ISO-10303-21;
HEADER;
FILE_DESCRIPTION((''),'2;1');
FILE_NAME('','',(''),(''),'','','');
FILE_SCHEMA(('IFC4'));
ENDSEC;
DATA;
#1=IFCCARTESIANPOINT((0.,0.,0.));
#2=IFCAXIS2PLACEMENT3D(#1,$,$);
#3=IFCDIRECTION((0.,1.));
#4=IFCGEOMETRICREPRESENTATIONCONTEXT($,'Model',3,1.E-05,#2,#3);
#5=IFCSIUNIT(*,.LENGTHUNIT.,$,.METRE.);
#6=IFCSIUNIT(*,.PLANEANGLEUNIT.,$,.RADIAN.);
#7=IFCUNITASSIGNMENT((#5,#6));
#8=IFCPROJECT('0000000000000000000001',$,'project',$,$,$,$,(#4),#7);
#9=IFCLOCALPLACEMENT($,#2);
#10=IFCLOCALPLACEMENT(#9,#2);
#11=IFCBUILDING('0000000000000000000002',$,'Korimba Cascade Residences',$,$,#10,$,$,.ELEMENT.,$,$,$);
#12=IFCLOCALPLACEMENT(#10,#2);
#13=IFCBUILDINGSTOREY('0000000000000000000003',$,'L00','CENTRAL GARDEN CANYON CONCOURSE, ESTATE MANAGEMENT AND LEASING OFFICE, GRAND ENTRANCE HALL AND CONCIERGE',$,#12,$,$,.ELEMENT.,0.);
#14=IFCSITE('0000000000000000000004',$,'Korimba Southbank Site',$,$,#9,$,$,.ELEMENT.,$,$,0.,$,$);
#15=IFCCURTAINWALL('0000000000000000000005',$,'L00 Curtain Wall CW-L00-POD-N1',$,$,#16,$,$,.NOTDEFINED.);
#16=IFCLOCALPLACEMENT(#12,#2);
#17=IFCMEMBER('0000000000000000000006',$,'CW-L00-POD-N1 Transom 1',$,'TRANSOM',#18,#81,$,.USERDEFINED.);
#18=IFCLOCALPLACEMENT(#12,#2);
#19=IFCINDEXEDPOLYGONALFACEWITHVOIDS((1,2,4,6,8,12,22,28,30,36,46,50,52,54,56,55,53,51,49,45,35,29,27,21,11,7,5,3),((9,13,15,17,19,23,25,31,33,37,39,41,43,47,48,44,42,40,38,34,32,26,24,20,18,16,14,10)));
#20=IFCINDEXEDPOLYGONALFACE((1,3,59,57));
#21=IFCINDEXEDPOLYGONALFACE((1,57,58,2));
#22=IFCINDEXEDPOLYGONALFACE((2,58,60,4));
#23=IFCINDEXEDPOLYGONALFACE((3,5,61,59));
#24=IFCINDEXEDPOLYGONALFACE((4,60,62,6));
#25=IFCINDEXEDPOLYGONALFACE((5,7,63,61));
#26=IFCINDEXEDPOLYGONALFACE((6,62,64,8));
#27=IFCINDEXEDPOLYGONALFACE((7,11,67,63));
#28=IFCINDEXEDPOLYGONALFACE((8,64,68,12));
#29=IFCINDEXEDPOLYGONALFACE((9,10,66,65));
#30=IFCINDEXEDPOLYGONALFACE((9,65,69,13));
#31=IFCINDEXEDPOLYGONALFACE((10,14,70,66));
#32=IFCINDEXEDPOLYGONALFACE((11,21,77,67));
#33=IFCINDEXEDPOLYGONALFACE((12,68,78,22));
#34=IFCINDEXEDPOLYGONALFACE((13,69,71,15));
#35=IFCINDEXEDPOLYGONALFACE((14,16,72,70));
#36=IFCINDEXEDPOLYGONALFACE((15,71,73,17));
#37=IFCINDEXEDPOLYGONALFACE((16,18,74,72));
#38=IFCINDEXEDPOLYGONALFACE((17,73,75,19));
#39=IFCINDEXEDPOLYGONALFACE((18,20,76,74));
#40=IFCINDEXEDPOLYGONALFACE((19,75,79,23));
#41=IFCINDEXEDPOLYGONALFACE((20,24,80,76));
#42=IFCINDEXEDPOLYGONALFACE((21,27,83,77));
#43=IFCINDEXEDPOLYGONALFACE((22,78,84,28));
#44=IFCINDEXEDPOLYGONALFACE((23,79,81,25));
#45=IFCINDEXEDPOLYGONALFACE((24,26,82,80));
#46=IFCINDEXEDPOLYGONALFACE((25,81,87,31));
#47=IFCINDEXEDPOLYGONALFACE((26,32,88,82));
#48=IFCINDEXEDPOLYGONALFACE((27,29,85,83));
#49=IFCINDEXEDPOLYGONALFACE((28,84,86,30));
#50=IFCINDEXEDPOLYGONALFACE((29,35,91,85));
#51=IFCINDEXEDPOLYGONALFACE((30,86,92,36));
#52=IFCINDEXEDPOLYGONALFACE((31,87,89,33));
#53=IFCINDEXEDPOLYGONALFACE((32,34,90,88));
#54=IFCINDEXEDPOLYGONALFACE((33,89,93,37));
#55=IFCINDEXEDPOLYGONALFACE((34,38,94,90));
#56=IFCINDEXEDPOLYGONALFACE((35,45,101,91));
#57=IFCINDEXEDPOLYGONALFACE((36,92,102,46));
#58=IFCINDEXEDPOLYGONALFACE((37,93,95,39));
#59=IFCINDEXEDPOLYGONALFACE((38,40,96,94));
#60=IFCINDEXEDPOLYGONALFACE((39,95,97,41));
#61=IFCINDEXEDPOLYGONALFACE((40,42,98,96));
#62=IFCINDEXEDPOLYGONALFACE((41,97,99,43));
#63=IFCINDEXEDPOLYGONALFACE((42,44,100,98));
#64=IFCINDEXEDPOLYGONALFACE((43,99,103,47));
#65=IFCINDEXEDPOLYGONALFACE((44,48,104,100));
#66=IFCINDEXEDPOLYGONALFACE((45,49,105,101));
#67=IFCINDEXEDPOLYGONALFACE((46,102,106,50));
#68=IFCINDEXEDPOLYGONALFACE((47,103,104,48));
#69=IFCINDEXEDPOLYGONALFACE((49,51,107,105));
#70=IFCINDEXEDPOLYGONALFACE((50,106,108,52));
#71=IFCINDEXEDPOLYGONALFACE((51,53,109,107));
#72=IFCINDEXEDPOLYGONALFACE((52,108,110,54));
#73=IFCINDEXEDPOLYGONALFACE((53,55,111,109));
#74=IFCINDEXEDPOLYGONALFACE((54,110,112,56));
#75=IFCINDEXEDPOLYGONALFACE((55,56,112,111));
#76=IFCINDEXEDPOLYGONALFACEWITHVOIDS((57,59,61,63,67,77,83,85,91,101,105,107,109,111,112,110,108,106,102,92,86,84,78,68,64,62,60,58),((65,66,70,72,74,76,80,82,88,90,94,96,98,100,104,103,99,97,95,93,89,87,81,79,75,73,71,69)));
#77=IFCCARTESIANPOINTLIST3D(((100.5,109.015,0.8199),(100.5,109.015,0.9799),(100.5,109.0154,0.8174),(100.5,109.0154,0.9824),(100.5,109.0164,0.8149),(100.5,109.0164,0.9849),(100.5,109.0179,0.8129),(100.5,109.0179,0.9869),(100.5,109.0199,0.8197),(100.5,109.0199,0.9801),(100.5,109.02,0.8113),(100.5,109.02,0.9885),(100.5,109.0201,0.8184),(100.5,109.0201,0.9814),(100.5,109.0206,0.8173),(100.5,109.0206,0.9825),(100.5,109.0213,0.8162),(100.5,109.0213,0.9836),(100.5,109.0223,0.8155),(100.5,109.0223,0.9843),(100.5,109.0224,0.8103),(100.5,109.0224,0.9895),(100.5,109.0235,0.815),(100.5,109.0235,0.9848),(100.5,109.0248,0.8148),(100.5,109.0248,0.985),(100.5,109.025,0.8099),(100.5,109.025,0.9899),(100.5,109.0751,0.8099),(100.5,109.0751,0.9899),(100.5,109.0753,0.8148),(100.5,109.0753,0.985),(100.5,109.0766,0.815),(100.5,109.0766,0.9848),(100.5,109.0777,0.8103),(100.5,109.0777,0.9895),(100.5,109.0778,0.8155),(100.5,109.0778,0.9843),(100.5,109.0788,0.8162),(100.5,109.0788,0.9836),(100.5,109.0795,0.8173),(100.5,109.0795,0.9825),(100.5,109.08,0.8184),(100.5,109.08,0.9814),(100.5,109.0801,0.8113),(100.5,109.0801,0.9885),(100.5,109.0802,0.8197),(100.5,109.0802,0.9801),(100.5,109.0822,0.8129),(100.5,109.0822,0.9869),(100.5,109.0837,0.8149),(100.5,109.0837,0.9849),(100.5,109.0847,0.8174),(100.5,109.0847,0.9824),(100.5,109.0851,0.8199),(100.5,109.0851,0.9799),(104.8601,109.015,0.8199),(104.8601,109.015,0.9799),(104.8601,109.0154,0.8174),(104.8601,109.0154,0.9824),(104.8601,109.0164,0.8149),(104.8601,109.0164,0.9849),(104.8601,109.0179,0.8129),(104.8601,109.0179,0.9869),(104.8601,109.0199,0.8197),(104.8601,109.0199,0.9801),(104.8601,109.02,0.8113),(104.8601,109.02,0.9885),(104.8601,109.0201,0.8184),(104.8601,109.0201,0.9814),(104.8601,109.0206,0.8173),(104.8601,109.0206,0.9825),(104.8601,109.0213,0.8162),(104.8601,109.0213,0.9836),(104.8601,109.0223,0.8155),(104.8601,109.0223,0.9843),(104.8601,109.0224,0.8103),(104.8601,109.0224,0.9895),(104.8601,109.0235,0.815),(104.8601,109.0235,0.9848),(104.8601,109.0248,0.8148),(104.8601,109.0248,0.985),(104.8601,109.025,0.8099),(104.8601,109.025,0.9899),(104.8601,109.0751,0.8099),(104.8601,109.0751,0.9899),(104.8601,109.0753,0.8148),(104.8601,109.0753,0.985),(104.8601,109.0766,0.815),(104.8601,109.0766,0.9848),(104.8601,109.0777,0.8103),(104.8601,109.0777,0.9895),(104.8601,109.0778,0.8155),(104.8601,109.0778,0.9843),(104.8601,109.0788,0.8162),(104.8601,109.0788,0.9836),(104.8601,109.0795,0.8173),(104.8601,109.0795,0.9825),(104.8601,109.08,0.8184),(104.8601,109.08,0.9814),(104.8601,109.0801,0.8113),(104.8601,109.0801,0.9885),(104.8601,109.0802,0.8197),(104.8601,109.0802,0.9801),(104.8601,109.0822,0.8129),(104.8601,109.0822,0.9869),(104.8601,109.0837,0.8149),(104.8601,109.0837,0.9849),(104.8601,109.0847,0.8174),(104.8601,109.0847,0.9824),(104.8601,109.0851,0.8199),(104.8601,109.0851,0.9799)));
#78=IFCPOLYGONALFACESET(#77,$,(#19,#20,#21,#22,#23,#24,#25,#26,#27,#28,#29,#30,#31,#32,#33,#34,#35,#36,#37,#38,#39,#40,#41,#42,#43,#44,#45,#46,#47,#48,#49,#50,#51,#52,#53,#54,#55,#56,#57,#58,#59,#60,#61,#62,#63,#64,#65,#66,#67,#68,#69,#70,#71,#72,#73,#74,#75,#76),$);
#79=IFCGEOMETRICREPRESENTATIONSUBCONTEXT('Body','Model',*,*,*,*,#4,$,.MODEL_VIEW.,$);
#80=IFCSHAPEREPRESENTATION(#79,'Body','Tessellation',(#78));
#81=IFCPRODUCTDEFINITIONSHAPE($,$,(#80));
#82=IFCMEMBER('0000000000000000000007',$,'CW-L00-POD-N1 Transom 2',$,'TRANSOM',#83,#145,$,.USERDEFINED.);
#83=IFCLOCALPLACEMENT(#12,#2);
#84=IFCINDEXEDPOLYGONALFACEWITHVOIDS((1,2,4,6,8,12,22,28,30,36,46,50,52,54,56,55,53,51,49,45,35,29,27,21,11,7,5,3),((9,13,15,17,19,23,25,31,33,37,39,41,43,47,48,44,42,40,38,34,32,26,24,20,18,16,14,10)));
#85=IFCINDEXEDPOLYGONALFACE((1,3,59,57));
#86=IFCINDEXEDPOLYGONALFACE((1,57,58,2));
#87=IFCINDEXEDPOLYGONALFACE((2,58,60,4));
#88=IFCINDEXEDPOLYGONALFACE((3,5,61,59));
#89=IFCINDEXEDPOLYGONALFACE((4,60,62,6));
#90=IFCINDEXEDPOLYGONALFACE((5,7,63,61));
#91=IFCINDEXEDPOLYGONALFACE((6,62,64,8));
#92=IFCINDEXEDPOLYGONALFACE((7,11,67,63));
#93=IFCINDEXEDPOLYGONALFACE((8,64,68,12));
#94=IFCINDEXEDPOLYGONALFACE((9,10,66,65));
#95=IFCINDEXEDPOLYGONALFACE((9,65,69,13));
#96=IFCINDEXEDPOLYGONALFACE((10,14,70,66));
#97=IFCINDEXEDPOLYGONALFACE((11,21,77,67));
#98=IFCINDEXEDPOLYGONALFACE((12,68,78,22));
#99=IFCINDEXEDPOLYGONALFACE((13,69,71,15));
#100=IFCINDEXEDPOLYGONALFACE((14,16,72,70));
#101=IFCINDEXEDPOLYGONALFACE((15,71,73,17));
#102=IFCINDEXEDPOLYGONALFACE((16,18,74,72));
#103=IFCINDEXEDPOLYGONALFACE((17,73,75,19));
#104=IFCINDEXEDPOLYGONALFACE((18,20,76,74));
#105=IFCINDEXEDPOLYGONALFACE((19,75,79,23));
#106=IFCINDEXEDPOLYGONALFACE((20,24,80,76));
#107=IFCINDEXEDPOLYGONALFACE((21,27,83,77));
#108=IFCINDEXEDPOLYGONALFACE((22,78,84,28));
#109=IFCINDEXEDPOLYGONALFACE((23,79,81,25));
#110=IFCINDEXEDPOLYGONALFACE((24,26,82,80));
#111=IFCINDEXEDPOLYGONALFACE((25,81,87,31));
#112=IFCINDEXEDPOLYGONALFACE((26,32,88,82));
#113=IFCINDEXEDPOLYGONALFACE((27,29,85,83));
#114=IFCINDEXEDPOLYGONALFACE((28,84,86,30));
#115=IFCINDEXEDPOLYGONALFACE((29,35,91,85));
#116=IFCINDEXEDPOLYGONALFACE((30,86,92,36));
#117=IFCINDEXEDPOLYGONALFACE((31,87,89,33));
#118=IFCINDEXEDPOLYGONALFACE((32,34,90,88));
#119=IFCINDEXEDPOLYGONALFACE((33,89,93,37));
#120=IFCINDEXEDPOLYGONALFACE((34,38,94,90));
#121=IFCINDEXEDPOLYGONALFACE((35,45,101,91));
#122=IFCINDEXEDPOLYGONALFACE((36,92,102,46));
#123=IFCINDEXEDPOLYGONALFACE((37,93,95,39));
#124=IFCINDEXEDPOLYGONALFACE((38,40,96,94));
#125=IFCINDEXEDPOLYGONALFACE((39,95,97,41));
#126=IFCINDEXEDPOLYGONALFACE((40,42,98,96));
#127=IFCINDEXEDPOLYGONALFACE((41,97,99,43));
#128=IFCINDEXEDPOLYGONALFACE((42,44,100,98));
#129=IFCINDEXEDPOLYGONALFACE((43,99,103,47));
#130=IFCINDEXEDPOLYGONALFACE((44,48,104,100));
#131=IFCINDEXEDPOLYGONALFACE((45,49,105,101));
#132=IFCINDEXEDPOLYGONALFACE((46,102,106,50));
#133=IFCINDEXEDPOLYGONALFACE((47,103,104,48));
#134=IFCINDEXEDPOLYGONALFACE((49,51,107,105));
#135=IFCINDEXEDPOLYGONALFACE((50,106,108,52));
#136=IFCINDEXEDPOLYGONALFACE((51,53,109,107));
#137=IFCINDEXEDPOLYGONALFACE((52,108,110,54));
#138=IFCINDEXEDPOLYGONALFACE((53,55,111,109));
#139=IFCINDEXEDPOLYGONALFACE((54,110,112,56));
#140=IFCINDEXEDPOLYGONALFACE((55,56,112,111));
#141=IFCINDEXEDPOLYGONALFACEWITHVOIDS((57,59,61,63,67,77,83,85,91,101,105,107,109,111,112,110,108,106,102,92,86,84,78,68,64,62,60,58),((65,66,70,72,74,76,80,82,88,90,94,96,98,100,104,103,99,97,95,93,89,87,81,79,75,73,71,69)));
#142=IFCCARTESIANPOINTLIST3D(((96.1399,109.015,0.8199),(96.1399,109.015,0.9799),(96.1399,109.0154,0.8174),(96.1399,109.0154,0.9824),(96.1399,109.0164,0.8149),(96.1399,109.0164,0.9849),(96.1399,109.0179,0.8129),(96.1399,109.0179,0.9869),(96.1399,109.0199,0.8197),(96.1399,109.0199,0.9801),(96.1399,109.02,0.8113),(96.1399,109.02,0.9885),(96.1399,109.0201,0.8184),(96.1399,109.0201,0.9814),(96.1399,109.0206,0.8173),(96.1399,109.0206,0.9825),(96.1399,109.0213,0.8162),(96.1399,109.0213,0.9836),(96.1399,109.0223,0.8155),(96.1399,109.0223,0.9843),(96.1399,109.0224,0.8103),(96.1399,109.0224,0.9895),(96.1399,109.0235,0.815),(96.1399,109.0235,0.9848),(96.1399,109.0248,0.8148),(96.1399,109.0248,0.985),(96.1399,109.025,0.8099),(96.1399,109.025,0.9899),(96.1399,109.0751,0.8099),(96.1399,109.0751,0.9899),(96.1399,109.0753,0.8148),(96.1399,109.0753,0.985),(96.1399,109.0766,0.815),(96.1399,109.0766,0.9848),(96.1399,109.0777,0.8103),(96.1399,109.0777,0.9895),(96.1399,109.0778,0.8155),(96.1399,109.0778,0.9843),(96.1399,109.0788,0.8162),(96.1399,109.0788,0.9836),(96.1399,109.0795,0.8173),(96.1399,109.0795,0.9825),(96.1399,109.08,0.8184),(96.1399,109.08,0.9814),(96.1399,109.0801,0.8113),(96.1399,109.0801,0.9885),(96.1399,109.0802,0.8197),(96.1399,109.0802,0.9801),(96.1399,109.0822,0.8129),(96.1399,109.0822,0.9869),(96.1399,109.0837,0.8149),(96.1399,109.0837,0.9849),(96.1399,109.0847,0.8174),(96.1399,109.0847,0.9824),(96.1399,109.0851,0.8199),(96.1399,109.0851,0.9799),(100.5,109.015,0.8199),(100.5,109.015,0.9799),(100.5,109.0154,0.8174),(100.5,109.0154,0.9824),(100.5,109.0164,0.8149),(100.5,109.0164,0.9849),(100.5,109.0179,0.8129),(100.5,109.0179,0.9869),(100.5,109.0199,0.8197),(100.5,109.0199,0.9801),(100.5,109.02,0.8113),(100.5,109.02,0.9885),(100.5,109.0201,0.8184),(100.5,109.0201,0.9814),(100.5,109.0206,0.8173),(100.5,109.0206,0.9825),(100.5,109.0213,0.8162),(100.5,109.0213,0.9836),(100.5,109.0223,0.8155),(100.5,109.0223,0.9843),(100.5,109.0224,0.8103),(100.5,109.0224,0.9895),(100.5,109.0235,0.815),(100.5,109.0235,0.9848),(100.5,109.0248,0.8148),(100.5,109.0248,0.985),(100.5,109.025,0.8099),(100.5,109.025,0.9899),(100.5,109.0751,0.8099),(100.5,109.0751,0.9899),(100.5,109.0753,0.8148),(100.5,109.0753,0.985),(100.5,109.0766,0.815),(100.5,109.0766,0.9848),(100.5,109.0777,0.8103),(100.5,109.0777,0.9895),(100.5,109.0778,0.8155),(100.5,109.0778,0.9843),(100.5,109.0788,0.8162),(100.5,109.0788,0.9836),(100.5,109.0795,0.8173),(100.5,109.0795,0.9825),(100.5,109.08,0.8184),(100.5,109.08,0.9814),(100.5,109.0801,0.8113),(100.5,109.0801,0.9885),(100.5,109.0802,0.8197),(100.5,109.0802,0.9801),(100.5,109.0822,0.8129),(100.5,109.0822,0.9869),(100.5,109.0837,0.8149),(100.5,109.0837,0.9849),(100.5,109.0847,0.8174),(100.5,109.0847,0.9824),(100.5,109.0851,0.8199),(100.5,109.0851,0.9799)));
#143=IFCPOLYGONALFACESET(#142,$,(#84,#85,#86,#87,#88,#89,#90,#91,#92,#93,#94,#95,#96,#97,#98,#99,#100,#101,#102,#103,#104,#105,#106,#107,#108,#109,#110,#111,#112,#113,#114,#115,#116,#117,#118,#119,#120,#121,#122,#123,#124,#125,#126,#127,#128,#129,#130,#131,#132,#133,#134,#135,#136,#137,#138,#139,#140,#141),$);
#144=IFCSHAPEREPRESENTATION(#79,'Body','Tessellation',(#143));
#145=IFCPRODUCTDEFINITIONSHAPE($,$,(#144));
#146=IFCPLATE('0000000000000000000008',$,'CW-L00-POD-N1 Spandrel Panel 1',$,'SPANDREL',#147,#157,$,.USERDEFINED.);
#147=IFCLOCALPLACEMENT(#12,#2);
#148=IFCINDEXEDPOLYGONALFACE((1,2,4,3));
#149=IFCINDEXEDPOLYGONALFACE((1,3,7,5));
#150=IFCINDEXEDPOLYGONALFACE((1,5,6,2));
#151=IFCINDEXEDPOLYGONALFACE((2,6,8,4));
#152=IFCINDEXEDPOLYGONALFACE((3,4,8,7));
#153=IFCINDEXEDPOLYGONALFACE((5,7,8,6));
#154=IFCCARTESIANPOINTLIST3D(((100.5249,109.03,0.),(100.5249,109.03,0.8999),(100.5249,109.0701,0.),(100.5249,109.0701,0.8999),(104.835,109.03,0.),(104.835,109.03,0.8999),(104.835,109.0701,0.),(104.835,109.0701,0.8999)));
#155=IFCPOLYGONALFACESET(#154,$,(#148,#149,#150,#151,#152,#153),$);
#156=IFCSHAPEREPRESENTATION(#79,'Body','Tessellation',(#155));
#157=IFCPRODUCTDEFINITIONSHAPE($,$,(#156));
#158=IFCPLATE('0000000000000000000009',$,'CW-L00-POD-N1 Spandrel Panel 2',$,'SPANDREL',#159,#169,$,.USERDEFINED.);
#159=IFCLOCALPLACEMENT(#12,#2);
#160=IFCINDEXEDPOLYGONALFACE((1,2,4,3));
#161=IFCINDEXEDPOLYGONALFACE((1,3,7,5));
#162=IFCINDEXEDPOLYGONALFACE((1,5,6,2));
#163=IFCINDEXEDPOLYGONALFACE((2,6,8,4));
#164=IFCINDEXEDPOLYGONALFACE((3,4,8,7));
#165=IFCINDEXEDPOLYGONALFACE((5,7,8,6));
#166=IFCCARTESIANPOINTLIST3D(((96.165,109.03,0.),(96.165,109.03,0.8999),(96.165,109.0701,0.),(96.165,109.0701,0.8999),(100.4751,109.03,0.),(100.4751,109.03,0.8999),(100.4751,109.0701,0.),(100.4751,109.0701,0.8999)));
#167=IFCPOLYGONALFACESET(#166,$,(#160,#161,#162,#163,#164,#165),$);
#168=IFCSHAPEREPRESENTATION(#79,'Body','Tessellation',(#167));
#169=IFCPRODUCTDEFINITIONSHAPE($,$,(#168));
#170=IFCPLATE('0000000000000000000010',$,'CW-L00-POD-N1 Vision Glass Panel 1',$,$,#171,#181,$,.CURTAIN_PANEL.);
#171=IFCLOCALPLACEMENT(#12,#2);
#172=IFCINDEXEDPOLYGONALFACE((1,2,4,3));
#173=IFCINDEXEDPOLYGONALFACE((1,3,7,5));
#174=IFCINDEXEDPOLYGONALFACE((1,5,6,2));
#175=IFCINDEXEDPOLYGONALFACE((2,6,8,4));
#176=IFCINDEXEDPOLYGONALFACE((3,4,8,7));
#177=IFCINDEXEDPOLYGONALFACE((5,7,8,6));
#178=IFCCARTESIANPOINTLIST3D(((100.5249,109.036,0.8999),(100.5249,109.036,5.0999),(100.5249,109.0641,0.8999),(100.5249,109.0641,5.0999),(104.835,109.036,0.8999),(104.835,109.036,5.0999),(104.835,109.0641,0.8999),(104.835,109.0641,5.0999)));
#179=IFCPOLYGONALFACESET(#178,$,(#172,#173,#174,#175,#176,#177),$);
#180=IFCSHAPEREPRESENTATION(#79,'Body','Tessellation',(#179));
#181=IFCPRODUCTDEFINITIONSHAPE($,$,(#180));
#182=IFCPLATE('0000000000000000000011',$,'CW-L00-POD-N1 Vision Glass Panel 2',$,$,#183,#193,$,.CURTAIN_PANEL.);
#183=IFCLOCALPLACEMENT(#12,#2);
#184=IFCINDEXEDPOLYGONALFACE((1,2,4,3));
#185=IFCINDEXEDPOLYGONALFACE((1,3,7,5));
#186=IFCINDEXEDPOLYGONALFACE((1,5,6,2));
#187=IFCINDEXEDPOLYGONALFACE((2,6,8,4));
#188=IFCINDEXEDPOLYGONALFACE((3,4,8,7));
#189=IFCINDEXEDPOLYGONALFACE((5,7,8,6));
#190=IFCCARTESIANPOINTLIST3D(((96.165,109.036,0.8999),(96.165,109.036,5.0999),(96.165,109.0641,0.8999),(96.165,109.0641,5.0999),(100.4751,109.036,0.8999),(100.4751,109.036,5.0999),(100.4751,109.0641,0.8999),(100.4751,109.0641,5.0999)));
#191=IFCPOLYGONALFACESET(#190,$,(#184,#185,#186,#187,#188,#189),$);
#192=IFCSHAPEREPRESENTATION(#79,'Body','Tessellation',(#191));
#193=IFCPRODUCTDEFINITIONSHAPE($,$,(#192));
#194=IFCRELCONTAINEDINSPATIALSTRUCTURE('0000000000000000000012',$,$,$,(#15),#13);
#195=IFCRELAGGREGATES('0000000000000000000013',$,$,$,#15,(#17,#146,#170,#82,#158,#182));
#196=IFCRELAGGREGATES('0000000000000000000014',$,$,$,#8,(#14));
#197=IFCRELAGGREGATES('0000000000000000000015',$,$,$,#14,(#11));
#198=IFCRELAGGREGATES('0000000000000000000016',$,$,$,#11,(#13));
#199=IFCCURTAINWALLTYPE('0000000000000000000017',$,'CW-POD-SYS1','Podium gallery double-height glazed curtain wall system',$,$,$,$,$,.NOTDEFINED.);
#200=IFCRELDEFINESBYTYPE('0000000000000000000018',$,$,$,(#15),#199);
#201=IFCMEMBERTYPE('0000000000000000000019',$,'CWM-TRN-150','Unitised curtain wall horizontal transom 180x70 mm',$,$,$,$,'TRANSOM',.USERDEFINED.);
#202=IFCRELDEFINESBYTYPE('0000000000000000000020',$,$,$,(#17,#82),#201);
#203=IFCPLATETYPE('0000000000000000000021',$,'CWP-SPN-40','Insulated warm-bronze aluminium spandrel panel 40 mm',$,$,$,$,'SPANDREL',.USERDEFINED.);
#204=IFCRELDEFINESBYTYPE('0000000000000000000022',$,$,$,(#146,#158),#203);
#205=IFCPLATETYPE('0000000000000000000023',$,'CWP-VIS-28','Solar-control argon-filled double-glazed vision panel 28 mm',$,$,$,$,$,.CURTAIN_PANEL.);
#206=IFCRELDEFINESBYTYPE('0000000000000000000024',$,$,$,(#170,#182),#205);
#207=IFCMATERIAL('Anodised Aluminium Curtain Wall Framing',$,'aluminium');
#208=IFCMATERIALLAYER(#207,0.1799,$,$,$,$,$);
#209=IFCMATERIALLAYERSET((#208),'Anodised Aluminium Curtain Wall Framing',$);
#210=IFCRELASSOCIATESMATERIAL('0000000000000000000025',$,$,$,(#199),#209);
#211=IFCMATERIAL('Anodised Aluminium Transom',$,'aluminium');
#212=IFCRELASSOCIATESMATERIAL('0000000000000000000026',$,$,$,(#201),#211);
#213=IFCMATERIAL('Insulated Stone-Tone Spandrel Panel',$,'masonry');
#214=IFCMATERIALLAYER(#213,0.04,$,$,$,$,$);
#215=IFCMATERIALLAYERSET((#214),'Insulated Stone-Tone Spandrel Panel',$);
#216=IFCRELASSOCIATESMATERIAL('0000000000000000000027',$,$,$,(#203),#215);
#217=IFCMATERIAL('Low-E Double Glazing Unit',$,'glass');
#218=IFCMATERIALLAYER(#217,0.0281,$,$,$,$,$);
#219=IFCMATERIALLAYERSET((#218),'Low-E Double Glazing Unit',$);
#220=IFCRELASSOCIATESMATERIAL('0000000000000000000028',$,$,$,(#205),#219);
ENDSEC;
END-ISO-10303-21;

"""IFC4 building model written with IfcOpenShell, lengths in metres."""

from ifc_helpers import new_model, si_unit, direction, frame, origin, origin_2d, place, context, subcontext, project, spatial, rectangle, hollow_rectangle, extrude, material, layer, layer_set, material_profile, profile_set, type_object, element, aggregate, save


model = new_model("IFC4")

# Units and contexts
model_context = context("Model", 3, precision=1e-05, world=origin(), true_north=direction((0.0, 1.0)))
body_context = subcontext(model_context, "Body", "Model", "MODEL_VIEW")
ifc_project = project(units=[si_unit("LENGTHUNIT", "METRE"), si_unit("PLANEANGLEUNIT", "RADIAN")], contexts=[model_context])

# Site, building, storey
site_placement = place(None, origin())
site = spatial("IfcSite", under=ifc_project, at=site_placement, Name="Korimba Southbank Site", CompositionType="ELEMENT", RefElevation=0.0)
building_placement = place(site_placement, origin())
building = spatial("IfcBuilding", under=site, at=building_placement, Name="Korimba Cascade Residences", CompositionType="ELEMENT")
storey_placement = place(building_placement, origin())
storey = spatial("IfcBuildingStorey", under=building, at=storey_placement, Name="L00", Description="CENTRAL GARDEN CANYON CONCOURSE, ESTATE MANAGEMENT AND LEASING OFFICE, GRAND ENTRANCE HALL AND CONCIERGE", CompositionType="ELEMENT", Elevation=0.0)

# Curtain wall, members, plates
ifc_material_1 = material(Name="Anodised Aluminium Curtain Wall Framing", Category="aluminium")
ifc_layer_1 = layer(ifc_material_1, 0.1799)
ifc_layer_set_1 = layer_set([ifc_layer_1], Name="Anodised Aluminium Curtain Wall Framing")
curtain_wall_type = type_object("IfcCurtainWallType", Name="CW-POD-SYS1", Description="Podium gallery double-height glazed curtain wall system", PredefinedType="NOTDEFINED", material=ifc_layer_set_1)
curtain_wall_placement = place(storey_placement, origin())
curtain_wall = element("IfcCurtainWall", 1, at=curtain_wall_placement, inside=storey, type_object=curtain_wall_type, Name="L00 Curtain Wall CW-L00-POD-N1", PredefinedType="NOTDEFINED")
ifc_material_2 = material(Name="Anodised Aluminium Transom", Category="aluminium")
ifc_material_profile_1 = material_profile(ifc_material_2, hollow_rectangle(XDim=0.0701, YDim=0.1799, WallThickness=0.0049, InnerFilletRadius=0.0049, OuterFilletRadius=0.01, at=origin_2d()), Name="Anodised Aluminium Transom")
ifc_profile_set_1 = profile_set([ifc_material_profile_1], Name="Anodised Aluminium Transom")
member_type_1 = type_object("IfcMemberType", Name="CWM-TRN-150", Description="Unitised curtain wall horizontal transom 180x70 mm", ElementType="TRANSOM", PredefinedType="USERDEFINED", material=ifc_profile_set_1)
member_1_placement = place(storey_placement, frame((104.8601, 109.05, 0.8999), z_axis=(-1.0, 0.0, 0.0), x_axis=(0.0, -1.0, 0.0)))
member_1 = element("IfcMember", 2, at=member_1_placement, type_object=member_type_1, Name="CW-L00-POD-N1 Transom 1", ObjectType="TRANSOM", PredefinedType="USERDEFINED", context=body_context, shape_type="SweptSolid", body=[
    extrude(hollow_rectangle(XDim=0.0701, YDim=0.1799, WallThickness=0.0049, InnerFilletRadius=0.0049, OuterFilletRadius=0.01, at=origin_2d()), origin(), (0.0, 0.0, 1.0), 4.3601),
])
member_2_placement = place(storey_placement, frame((100.5, 109.05, 0.8999), z_axis=(-1.0, 0.0, 0.0), x_axis=(0.0, -1.0, 0.0)))
member_2 = element("IfcMember", 3, at=member_2_placement, type_object=member_type_1, Name="CW-L00-POD-N1 Transom 2", ObjectType="TRANSOM", PredefinedType="USERDEFINED", context=body_context, shape_type="SweptSolid", body=[
    extrude(hollow_rectangle(XDim=0.0701, YDim=0.1799, WallThickness=0.0049, InnerFilletRadius=0.0049, OuterFilletRadius=0.01, at=origin_2d()), origin(), (0.0, 0.0, 1.0), 4.3601),
])
ifc_material_3 = material(Name="Insulated Stone-Tone Spandrel Panel", Category="masonry")
ifc_layer_2 = layer(ifc_material_3, 0.04)
ifc_layer_set_2 = layer_set([ifc_layer_2], Name="Insulated Stone-Tone Spandrel Panel")
plate_type_1 = type_object("IfcPlateType", Name="CWP-SPN-40", Description="Insulated warm-bronze aluminium spandrel panel 40 mm", ElementType="SPANDREL", PredefinedType="USERDEFINED", material=ifc_layer_set_2)
plate_1_placement = place(storey_placement, frame((102.6799, 109.05, 0.0), z_axis=(0.0, 0.0, 1.0), x_axis=(-1.0, 0.0, 0.0)))
plate_1 = element("IfcPlate", 4, at=plate_1_placement, type_object=plate_type_1, Name="CW-L00-POD-N1 Spandrel Panel 1", ObjectType="SPANDREL", PredefinedType="USERDEFINED", context=body_context, shape_type="SweptSolid", body=[
    extrude(rectangle(XDim=4.3101, YDim=0.04, at=origin_2d()), origin(), (0.0, 0.0, 1.0), 0.8999),
])
plate_2_placement = place(storey_placement, frame((98.3201, 109.05, 0.0), z_axis=(0.0, 0.0, 1.0), x_axis=(-1.0, 0.0, 0.0)))
plate_2 = element("IfcPlate", 5, at=plate_2_placement, type_object=plate_type_1, Name="CW-L00-POD-N1 Spandrel Panel 2", ObjectType="SPANDREL", PredefinedType="USERDEFINED", context=body_context, shape_type="SweptSolid", body=[
    extrude(rectangle(XDim=4.3101, YDim=0.04, at=origin_2d()), origin(), (0.0, 0.0, 1.0), 0.8999),
])
ifc_material_4 = material(Name="Low-E Double Glazing Unit", Category="glass")
ifc_layer_3 = layer(ifc_material_4, 0.0281)
ifc_layer_set_3 = layer_set([ifc_layer_3], Name="Low-E Double Glazing Unit")
plate_type_2 = type_object("IfcPlateType", Name="CWP-VIS-28", Description="Solar-control argon-filled double-glazed vision panel 28 mm", PredefinedType="CURTAIN_PANEL", material=ifc_layer_set_3)
plate_3_placement = place(storey_placement, frame((102.6799, 109.05, 0.8999), z_axis=(0.0, 0.0, 1.0), x_axis=(-1.0, 0.0, 0.0)))
plate_3 = element("IfcPlate", 6, at=plate_3_placement, type_object=plate_type_2, Name="CW-L00-POD-N1 Vision Glass Panel 1", PredefinedType="CURTAIN_PANEL", context=body_context, shape_type="SweptSolid", body=[
    extrude(rectangle(XDim=4.3101, YDim=0.0281, at=origin_2d()), origin(), (0.0, 0.0, 1.0), 4.2),
])
plate_4_placement = place(storey_placement, frame((98.3201, 109.05, 0.8999), z_axis=(0.0, 0.0, 1.0), x_axis=(-1.0, 0.0, 0.0)))
plate_4 = element("IfcPlate", 7, at=plate_4_placement, type_object=plate_type_2, Name="CW-L00-POD-N1 Vision Glass Panel 2", PredefinedType="CURTAIN_PANEL", context=body_context, shape_type="SweptSolid", body=[
    extrude(rectangle(XDim=4.3101, YDim=0.0281, at=origin_2d()), origin(), (0.0, 0.0, 1.0), 4.2),
])
aggregate(curtain_wall, [member_1, plate_1, plate_3, member_2, plate_2, plate_4])

save(model, "model.ifc")
